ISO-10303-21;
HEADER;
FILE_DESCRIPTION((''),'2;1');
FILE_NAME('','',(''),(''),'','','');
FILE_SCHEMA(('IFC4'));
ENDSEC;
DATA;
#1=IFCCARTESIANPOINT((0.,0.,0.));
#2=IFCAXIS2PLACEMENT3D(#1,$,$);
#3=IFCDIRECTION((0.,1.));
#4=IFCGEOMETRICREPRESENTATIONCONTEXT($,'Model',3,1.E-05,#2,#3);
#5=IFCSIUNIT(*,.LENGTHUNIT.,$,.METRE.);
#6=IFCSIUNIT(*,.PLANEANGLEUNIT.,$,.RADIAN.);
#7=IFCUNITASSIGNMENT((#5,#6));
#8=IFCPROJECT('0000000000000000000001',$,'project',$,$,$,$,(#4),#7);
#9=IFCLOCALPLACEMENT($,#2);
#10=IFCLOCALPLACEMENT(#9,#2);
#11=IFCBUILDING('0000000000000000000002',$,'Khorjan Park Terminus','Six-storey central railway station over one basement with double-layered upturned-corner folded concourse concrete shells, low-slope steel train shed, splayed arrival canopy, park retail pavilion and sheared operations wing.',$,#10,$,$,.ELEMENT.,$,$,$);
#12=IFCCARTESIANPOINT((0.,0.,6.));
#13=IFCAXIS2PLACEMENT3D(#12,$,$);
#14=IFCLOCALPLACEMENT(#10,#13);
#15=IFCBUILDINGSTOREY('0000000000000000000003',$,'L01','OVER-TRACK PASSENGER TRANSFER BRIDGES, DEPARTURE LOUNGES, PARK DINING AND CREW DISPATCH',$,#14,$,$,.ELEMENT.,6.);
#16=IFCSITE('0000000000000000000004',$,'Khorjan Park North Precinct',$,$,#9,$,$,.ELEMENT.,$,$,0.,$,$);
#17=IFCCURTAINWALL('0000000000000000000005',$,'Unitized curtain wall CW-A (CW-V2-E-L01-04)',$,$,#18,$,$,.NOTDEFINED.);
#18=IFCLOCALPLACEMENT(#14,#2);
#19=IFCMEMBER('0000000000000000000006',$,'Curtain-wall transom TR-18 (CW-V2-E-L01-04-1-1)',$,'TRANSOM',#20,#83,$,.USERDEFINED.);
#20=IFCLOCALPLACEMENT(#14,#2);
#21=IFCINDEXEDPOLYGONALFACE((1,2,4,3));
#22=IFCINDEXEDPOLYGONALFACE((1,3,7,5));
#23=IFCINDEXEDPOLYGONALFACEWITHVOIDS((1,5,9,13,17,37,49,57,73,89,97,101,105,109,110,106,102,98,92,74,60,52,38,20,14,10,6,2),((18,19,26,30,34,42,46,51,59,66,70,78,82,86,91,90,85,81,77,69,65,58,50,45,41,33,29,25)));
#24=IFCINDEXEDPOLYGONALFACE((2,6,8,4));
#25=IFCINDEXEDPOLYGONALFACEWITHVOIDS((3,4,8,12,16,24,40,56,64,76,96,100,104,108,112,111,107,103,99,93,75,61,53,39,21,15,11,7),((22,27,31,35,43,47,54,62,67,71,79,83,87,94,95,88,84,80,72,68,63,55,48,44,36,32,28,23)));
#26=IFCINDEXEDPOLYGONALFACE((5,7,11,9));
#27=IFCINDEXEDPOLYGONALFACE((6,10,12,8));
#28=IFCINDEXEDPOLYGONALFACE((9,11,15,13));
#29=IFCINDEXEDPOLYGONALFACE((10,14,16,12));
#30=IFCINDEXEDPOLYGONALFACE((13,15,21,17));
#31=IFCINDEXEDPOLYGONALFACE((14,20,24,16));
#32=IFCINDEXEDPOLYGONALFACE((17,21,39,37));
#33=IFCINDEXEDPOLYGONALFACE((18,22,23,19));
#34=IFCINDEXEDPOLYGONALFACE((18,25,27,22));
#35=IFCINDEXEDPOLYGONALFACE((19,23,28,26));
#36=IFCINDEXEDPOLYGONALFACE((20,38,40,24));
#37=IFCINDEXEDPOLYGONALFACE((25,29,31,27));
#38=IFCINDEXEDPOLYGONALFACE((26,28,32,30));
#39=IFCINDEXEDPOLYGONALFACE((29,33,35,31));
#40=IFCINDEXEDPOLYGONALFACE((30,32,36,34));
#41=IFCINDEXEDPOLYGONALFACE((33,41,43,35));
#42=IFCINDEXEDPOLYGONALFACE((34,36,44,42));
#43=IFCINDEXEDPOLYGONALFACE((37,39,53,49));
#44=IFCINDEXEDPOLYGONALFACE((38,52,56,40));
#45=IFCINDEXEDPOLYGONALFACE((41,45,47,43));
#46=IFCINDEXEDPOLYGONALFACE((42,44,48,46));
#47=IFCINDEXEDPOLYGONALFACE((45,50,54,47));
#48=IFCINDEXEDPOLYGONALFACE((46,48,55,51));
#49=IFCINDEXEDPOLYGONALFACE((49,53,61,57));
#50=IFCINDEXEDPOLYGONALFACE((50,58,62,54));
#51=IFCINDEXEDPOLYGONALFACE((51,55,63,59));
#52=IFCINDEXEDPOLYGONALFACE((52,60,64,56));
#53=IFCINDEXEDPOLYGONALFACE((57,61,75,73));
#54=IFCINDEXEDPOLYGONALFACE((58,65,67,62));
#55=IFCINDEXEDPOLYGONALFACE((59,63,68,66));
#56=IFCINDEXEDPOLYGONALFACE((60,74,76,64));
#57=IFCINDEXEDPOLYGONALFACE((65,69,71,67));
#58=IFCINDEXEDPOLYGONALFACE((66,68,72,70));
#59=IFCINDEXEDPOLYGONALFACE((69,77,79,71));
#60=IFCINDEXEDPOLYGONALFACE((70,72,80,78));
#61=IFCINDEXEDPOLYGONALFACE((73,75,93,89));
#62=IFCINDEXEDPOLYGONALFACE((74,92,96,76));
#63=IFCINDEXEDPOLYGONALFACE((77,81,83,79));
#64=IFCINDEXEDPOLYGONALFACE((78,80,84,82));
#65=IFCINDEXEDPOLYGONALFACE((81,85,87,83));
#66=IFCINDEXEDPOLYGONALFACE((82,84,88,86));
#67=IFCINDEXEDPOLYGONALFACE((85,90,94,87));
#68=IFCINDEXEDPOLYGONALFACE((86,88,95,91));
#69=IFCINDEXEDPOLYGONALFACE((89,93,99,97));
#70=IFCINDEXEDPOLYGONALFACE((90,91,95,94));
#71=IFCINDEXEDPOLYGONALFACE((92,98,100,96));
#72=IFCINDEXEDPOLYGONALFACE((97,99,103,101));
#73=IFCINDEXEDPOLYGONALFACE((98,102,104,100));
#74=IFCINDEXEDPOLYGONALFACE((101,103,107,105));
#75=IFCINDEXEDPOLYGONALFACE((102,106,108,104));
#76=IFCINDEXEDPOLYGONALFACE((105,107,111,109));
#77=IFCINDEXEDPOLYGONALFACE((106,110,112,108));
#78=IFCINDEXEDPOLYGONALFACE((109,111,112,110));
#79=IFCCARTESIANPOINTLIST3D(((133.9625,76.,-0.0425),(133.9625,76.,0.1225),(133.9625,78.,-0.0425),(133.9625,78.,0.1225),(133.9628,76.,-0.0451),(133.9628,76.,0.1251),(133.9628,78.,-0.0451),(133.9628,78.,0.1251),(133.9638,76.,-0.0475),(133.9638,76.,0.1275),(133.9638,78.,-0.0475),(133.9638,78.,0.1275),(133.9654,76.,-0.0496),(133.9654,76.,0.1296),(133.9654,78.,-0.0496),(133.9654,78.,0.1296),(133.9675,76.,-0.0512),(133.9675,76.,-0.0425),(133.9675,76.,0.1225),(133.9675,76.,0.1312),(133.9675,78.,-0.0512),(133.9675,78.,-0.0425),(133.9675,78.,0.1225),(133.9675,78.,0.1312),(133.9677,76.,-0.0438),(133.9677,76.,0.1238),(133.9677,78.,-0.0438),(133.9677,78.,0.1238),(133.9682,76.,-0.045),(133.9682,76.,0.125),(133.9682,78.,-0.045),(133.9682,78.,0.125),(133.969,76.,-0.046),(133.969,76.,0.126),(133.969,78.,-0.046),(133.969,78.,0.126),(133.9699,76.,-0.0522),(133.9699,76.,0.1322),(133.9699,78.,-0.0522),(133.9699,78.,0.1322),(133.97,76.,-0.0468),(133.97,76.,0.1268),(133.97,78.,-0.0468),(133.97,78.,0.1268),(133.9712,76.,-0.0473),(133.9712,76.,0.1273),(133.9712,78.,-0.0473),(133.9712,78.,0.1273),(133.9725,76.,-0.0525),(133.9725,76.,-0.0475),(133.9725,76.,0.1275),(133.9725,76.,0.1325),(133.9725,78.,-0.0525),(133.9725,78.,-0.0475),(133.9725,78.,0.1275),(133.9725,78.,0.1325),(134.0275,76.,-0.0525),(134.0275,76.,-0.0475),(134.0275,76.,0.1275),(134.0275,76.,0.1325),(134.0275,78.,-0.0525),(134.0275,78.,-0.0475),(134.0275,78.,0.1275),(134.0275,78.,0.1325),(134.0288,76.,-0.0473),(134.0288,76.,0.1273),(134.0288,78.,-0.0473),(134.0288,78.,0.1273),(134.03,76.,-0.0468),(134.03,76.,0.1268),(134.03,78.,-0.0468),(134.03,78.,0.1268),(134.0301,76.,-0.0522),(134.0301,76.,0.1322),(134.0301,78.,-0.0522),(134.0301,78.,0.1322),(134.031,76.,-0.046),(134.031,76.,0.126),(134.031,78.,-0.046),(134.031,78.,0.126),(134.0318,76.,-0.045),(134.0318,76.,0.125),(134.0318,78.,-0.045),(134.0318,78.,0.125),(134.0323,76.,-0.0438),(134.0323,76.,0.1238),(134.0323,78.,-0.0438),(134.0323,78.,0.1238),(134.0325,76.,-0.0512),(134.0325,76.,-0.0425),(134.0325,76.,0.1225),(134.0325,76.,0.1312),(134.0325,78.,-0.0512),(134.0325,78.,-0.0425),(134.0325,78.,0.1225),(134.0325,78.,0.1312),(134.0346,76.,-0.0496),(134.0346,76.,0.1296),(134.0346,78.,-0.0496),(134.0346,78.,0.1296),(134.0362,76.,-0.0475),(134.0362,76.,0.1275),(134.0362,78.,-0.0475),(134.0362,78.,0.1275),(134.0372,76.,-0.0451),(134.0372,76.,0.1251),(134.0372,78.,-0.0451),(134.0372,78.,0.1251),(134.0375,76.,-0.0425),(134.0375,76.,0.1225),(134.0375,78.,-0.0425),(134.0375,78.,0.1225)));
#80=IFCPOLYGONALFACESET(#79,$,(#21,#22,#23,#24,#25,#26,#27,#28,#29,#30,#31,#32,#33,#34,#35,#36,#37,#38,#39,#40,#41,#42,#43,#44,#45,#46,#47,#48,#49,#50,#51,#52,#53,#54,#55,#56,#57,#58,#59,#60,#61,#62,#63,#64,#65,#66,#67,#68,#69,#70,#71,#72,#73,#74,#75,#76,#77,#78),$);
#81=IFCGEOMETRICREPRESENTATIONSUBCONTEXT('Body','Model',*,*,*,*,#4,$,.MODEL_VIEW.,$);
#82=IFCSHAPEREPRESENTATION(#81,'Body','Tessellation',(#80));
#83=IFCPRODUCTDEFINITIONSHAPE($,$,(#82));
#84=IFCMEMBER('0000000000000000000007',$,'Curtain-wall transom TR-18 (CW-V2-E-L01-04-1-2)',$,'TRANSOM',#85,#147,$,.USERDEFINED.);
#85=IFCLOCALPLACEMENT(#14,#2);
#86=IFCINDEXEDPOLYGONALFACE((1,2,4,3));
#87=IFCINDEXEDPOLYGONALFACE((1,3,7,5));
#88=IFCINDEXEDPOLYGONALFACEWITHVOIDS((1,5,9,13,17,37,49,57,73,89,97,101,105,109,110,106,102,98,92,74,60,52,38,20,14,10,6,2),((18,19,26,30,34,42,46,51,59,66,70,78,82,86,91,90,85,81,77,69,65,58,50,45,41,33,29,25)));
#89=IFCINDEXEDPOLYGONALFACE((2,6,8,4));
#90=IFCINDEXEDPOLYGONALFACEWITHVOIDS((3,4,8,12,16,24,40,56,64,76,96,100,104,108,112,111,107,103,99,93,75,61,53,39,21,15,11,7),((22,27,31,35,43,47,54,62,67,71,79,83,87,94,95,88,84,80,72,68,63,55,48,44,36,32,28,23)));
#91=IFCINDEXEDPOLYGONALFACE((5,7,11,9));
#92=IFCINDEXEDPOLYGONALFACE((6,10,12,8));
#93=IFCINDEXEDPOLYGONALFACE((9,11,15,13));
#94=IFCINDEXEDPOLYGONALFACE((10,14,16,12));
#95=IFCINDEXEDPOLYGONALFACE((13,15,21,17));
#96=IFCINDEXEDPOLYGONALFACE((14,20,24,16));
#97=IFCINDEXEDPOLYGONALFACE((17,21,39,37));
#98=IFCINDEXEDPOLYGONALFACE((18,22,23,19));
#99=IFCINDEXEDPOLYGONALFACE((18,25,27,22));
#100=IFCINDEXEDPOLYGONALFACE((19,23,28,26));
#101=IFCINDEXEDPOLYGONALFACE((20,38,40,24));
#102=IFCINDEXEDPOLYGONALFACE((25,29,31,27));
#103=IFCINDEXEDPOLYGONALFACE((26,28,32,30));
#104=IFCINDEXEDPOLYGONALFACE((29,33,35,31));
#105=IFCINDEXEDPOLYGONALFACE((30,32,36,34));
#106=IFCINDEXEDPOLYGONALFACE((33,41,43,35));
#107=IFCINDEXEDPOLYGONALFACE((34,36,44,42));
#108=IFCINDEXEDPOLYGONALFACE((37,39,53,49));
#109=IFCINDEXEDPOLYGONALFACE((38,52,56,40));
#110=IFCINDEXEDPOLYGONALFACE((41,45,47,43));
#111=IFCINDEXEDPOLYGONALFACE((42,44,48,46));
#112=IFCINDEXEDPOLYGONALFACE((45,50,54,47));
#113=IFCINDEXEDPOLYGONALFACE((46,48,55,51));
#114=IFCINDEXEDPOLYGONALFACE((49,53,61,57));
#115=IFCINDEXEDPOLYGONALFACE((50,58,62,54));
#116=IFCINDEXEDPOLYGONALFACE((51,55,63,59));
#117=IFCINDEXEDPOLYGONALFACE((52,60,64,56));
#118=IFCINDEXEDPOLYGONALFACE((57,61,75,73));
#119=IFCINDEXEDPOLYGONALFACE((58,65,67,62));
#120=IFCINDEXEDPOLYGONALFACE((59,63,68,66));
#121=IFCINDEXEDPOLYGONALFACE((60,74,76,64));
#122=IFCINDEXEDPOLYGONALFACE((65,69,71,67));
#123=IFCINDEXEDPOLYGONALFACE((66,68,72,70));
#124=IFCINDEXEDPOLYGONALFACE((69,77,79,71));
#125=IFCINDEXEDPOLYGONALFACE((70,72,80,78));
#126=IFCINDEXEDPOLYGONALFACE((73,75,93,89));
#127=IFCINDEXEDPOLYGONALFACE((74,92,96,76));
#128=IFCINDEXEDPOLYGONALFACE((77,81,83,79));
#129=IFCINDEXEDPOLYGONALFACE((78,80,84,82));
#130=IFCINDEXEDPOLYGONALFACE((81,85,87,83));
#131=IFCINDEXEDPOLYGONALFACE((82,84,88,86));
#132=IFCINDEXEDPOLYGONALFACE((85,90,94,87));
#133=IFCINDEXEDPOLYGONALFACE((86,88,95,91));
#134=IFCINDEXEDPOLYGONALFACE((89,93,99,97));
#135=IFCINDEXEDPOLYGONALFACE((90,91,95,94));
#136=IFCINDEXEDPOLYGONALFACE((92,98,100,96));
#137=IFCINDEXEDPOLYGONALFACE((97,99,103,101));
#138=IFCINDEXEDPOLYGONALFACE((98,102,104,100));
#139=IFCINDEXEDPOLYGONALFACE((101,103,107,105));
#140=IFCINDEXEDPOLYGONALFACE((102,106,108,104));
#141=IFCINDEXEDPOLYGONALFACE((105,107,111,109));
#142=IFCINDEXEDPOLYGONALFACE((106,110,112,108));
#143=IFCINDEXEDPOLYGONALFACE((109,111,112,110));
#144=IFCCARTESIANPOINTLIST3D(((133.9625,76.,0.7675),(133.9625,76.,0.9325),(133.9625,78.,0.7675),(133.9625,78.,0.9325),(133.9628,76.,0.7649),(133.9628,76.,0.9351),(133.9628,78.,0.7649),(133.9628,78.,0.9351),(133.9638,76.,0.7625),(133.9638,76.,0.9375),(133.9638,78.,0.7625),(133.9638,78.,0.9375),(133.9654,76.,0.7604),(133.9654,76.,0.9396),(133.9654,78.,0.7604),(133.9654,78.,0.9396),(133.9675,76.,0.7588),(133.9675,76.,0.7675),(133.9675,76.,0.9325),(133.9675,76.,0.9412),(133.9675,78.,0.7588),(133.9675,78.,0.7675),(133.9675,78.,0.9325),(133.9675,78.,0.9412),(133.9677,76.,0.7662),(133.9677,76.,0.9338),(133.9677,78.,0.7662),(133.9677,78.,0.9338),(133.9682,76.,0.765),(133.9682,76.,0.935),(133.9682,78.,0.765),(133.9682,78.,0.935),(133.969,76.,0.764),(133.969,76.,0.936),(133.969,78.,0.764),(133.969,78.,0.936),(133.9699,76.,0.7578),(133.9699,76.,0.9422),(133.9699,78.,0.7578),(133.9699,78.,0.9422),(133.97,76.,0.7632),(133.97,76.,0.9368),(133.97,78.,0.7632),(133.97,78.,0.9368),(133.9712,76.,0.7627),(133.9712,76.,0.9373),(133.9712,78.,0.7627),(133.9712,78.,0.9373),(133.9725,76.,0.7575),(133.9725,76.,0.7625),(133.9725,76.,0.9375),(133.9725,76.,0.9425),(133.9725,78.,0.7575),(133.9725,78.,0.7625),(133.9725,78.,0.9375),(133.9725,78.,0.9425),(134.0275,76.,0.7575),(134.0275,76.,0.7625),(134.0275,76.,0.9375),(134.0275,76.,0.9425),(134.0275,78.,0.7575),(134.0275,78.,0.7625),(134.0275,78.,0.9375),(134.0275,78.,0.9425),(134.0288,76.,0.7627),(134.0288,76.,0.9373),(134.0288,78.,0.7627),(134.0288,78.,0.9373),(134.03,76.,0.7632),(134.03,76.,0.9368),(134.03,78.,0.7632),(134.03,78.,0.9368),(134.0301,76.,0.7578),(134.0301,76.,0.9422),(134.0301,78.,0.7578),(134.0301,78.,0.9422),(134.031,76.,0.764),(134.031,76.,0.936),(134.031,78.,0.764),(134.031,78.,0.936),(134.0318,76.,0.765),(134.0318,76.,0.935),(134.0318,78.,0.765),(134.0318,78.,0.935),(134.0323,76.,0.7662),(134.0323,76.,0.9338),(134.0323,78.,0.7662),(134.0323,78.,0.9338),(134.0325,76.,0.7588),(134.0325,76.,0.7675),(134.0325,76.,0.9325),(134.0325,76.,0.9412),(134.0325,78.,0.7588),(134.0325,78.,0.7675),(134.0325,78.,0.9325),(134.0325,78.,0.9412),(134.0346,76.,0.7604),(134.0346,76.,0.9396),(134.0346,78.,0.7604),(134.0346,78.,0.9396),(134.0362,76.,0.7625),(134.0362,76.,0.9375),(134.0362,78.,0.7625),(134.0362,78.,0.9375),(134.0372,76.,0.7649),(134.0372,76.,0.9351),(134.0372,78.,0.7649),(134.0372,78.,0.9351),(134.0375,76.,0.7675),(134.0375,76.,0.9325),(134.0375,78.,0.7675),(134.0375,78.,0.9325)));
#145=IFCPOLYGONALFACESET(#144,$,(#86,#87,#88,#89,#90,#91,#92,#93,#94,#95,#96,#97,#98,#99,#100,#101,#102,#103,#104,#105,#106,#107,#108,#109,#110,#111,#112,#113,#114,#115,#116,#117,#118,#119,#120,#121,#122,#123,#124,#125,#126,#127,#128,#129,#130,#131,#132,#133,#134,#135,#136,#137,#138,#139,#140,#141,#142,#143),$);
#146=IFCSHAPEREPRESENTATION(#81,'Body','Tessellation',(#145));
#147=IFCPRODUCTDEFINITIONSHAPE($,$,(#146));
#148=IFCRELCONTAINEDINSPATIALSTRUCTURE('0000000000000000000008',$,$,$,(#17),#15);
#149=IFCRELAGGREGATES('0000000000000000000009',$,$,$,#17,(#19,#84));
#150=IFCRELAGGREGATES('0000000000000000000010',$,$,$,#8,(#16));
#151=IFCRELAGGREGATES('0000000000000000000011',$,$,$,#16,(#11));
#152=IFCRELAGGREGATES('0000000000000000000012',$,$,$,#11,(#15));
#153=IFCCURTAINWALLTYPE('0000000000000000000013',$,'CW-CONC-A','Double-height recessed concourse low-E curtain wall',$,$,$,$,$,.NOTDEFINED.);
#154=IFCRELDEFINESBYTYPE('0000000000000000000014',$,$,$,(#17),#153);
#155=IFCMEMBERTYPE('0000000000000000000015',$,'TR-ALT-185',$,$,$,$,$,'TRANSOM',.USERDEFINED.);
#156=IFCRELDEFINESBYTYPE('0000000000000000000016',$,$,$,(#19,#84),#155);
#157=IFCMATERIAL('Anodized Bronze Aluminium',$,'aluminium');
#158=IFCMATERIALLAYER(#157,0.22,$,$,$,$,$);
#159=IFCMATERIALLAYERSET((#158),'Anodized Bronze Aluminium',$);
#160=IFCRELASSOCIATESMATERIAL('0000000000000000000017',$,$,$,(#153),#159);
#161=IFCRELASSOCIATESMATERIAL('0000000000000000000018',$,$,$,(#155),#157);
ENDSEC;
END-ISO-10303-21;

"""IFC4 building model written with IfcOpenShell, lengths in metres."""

from ifc_helpers import new_model, si_unit, direction, frame, origin, origin_2d, place, context, subcontext, project, spatial, hollow_rectangle, extrude, material, layer, layer_set, material_profile, profile_set, type_object, element, aggregate, save


model = new_model("IFC4")

# Units and contexts
model_context = context("Model", 3, precision=1e-05, world=origin(), true_north=direction((0.0, 1.0)))
body_context = subcontext(model_context, "Body", "Model", "MODEL_VIEW")
ifc_project = project(units=[si_unit("LENGTHUNIT", "METRE"), si_unit("PLANEANGLEUNIT", "RADIAN")], contexts=[model_context])

# Site, building, storey
site_placement = place(None, origin())
site = spatial("IfcSite", under=ifc_project, at=site_placement, Name="Khorjan Park North Precinct", CompositionType="ELEMENT", RefElevation=0.0)
building_placement = place(site_placement, origin())
building = spatial("IfcBuilding", under=site, at=building_placement, Name="Khorjan Park Terminus", Description="Six-storey central railway station over one basement with double-layered upturned-corner folded concourse concrete shells, low-slope steel train shed, splayed arrival canopy, park retail pavilion and sheared operations wing.", CompositionType="ELEMENT")
storey_placement = place(building_placement, frame((0.0, 0.0, 6.0)))
storey = spatial("IfcBuildingStorey", under=building, at=storey_placement, Name="L01", Description="OVER-TRACK PASSENGER TRANSFER BRIDGES, DEPARTURE LOUNGES, PARK DINING AND CREW DISPATCH", CompositionType="ELEMENT", Elevation=6.0)

# Shared definitions
ifc_material_1 = material(Name="Anodized Bronze Aluminium", Category="aluminium")

# Curtain wall
ifc_layer_1 = layer(ifc_material_1, 0.22)
ifc_layer_set_1 = layer_set([ifc_layer_1], Name="Anodized Bronze Aluminium")
curtain_wall_type_1 = type_object("IfcCurtainWallType", Name="CW-CONC-A", Description="Double-height recessed concourse low-E curtain wall", PredefinedType="NOTDEFINED", material=ifc_layer_set_1)
curtain_wall_1_placement = place(storey_placement, origin())
curtain_wall_1 = element("IfcCurtainWall", 1, at=curtain_wall_1_placement, inside=storey, type_object=curtain_wall_type_1, Name="Unitized curtain wall CW-A (CW-V2-E-L01-04)", PredefinedType="NOTDEFINED")

# Members
ifc_material_profile_1 = material_profile(ifc_material_1, hollow_rectangle(XDim=0.075, YDim=0.185, WallThickness=0.005, InnerFilletRadius=0.005, OuterFilletRadius=0.01, at=origin_2d()), Name="ALT 75x185x5")
ifc_profile_set_1 = profile_set([ifc_material_profile_1], Name="Anodized Bronze Aluminium")
member_type_1 = type_object("IfcMemberType", Name="TR-ALT-185", ElementType="TRANSOM", PredefinedType="USERDEFINED", material=ifc_profile_set_1)
member_1_placement = place(storey_placement, frame((134.0, 76.0, 0.04), z_axis=(0.0, 1.0, 0.0), x_axis=(-1.0, 0.0, 0.0)))
member_1 = element("IfcMember", 2, at=member_1_placement, type_object=member_type_1, Name="Curtain-wall transom TR-18 (CW-V2-E-L01-04-1-1)", ObjectType="TRANSOM", PredefinedType="USERDEFINED", context=body_context, shape_type="SweptSolid", body=[
    extrude(hollow_rectangle(XDim=0.075, YDim=0.185, WallThickness=0.005, InnerFilletRadius=0.005, OuterFilletRadius=0.01, at=origin_2d()), origin(), (0.0, 0.0, 1.0), 2.0),
])
member_2_placement = place(storey_placement, frame((134.0, 76.0, 0.85), z_axis=(0.0, 1.0, 0.0), x_axis=(-1.0, 0.0, 0.0)))
member_2 = element("IfcMember", 3, at=member_2_placement, type_object=member_type_1, Name="Curtain-wall transom TR-18 (CW-V2-E-L01-04-1-2)", ObjectType="TRANSOM", PredefinedType="USERDEFINED", context=body_context, shape_type="SweptSolid", body=[
    extrude(hollow_rectangle(XDim=0.075, YDim=0.185, WallThickness=0.005, InnerFilletRadius=0.005, OuterFilletRadius=0.01, at=origin_2d()), origin(), (0.0, 0.0, 1.0), 2.0),
])

aggregate(curtain_wall_1, [member_1, member_2])

save(model, "model.ifc")
